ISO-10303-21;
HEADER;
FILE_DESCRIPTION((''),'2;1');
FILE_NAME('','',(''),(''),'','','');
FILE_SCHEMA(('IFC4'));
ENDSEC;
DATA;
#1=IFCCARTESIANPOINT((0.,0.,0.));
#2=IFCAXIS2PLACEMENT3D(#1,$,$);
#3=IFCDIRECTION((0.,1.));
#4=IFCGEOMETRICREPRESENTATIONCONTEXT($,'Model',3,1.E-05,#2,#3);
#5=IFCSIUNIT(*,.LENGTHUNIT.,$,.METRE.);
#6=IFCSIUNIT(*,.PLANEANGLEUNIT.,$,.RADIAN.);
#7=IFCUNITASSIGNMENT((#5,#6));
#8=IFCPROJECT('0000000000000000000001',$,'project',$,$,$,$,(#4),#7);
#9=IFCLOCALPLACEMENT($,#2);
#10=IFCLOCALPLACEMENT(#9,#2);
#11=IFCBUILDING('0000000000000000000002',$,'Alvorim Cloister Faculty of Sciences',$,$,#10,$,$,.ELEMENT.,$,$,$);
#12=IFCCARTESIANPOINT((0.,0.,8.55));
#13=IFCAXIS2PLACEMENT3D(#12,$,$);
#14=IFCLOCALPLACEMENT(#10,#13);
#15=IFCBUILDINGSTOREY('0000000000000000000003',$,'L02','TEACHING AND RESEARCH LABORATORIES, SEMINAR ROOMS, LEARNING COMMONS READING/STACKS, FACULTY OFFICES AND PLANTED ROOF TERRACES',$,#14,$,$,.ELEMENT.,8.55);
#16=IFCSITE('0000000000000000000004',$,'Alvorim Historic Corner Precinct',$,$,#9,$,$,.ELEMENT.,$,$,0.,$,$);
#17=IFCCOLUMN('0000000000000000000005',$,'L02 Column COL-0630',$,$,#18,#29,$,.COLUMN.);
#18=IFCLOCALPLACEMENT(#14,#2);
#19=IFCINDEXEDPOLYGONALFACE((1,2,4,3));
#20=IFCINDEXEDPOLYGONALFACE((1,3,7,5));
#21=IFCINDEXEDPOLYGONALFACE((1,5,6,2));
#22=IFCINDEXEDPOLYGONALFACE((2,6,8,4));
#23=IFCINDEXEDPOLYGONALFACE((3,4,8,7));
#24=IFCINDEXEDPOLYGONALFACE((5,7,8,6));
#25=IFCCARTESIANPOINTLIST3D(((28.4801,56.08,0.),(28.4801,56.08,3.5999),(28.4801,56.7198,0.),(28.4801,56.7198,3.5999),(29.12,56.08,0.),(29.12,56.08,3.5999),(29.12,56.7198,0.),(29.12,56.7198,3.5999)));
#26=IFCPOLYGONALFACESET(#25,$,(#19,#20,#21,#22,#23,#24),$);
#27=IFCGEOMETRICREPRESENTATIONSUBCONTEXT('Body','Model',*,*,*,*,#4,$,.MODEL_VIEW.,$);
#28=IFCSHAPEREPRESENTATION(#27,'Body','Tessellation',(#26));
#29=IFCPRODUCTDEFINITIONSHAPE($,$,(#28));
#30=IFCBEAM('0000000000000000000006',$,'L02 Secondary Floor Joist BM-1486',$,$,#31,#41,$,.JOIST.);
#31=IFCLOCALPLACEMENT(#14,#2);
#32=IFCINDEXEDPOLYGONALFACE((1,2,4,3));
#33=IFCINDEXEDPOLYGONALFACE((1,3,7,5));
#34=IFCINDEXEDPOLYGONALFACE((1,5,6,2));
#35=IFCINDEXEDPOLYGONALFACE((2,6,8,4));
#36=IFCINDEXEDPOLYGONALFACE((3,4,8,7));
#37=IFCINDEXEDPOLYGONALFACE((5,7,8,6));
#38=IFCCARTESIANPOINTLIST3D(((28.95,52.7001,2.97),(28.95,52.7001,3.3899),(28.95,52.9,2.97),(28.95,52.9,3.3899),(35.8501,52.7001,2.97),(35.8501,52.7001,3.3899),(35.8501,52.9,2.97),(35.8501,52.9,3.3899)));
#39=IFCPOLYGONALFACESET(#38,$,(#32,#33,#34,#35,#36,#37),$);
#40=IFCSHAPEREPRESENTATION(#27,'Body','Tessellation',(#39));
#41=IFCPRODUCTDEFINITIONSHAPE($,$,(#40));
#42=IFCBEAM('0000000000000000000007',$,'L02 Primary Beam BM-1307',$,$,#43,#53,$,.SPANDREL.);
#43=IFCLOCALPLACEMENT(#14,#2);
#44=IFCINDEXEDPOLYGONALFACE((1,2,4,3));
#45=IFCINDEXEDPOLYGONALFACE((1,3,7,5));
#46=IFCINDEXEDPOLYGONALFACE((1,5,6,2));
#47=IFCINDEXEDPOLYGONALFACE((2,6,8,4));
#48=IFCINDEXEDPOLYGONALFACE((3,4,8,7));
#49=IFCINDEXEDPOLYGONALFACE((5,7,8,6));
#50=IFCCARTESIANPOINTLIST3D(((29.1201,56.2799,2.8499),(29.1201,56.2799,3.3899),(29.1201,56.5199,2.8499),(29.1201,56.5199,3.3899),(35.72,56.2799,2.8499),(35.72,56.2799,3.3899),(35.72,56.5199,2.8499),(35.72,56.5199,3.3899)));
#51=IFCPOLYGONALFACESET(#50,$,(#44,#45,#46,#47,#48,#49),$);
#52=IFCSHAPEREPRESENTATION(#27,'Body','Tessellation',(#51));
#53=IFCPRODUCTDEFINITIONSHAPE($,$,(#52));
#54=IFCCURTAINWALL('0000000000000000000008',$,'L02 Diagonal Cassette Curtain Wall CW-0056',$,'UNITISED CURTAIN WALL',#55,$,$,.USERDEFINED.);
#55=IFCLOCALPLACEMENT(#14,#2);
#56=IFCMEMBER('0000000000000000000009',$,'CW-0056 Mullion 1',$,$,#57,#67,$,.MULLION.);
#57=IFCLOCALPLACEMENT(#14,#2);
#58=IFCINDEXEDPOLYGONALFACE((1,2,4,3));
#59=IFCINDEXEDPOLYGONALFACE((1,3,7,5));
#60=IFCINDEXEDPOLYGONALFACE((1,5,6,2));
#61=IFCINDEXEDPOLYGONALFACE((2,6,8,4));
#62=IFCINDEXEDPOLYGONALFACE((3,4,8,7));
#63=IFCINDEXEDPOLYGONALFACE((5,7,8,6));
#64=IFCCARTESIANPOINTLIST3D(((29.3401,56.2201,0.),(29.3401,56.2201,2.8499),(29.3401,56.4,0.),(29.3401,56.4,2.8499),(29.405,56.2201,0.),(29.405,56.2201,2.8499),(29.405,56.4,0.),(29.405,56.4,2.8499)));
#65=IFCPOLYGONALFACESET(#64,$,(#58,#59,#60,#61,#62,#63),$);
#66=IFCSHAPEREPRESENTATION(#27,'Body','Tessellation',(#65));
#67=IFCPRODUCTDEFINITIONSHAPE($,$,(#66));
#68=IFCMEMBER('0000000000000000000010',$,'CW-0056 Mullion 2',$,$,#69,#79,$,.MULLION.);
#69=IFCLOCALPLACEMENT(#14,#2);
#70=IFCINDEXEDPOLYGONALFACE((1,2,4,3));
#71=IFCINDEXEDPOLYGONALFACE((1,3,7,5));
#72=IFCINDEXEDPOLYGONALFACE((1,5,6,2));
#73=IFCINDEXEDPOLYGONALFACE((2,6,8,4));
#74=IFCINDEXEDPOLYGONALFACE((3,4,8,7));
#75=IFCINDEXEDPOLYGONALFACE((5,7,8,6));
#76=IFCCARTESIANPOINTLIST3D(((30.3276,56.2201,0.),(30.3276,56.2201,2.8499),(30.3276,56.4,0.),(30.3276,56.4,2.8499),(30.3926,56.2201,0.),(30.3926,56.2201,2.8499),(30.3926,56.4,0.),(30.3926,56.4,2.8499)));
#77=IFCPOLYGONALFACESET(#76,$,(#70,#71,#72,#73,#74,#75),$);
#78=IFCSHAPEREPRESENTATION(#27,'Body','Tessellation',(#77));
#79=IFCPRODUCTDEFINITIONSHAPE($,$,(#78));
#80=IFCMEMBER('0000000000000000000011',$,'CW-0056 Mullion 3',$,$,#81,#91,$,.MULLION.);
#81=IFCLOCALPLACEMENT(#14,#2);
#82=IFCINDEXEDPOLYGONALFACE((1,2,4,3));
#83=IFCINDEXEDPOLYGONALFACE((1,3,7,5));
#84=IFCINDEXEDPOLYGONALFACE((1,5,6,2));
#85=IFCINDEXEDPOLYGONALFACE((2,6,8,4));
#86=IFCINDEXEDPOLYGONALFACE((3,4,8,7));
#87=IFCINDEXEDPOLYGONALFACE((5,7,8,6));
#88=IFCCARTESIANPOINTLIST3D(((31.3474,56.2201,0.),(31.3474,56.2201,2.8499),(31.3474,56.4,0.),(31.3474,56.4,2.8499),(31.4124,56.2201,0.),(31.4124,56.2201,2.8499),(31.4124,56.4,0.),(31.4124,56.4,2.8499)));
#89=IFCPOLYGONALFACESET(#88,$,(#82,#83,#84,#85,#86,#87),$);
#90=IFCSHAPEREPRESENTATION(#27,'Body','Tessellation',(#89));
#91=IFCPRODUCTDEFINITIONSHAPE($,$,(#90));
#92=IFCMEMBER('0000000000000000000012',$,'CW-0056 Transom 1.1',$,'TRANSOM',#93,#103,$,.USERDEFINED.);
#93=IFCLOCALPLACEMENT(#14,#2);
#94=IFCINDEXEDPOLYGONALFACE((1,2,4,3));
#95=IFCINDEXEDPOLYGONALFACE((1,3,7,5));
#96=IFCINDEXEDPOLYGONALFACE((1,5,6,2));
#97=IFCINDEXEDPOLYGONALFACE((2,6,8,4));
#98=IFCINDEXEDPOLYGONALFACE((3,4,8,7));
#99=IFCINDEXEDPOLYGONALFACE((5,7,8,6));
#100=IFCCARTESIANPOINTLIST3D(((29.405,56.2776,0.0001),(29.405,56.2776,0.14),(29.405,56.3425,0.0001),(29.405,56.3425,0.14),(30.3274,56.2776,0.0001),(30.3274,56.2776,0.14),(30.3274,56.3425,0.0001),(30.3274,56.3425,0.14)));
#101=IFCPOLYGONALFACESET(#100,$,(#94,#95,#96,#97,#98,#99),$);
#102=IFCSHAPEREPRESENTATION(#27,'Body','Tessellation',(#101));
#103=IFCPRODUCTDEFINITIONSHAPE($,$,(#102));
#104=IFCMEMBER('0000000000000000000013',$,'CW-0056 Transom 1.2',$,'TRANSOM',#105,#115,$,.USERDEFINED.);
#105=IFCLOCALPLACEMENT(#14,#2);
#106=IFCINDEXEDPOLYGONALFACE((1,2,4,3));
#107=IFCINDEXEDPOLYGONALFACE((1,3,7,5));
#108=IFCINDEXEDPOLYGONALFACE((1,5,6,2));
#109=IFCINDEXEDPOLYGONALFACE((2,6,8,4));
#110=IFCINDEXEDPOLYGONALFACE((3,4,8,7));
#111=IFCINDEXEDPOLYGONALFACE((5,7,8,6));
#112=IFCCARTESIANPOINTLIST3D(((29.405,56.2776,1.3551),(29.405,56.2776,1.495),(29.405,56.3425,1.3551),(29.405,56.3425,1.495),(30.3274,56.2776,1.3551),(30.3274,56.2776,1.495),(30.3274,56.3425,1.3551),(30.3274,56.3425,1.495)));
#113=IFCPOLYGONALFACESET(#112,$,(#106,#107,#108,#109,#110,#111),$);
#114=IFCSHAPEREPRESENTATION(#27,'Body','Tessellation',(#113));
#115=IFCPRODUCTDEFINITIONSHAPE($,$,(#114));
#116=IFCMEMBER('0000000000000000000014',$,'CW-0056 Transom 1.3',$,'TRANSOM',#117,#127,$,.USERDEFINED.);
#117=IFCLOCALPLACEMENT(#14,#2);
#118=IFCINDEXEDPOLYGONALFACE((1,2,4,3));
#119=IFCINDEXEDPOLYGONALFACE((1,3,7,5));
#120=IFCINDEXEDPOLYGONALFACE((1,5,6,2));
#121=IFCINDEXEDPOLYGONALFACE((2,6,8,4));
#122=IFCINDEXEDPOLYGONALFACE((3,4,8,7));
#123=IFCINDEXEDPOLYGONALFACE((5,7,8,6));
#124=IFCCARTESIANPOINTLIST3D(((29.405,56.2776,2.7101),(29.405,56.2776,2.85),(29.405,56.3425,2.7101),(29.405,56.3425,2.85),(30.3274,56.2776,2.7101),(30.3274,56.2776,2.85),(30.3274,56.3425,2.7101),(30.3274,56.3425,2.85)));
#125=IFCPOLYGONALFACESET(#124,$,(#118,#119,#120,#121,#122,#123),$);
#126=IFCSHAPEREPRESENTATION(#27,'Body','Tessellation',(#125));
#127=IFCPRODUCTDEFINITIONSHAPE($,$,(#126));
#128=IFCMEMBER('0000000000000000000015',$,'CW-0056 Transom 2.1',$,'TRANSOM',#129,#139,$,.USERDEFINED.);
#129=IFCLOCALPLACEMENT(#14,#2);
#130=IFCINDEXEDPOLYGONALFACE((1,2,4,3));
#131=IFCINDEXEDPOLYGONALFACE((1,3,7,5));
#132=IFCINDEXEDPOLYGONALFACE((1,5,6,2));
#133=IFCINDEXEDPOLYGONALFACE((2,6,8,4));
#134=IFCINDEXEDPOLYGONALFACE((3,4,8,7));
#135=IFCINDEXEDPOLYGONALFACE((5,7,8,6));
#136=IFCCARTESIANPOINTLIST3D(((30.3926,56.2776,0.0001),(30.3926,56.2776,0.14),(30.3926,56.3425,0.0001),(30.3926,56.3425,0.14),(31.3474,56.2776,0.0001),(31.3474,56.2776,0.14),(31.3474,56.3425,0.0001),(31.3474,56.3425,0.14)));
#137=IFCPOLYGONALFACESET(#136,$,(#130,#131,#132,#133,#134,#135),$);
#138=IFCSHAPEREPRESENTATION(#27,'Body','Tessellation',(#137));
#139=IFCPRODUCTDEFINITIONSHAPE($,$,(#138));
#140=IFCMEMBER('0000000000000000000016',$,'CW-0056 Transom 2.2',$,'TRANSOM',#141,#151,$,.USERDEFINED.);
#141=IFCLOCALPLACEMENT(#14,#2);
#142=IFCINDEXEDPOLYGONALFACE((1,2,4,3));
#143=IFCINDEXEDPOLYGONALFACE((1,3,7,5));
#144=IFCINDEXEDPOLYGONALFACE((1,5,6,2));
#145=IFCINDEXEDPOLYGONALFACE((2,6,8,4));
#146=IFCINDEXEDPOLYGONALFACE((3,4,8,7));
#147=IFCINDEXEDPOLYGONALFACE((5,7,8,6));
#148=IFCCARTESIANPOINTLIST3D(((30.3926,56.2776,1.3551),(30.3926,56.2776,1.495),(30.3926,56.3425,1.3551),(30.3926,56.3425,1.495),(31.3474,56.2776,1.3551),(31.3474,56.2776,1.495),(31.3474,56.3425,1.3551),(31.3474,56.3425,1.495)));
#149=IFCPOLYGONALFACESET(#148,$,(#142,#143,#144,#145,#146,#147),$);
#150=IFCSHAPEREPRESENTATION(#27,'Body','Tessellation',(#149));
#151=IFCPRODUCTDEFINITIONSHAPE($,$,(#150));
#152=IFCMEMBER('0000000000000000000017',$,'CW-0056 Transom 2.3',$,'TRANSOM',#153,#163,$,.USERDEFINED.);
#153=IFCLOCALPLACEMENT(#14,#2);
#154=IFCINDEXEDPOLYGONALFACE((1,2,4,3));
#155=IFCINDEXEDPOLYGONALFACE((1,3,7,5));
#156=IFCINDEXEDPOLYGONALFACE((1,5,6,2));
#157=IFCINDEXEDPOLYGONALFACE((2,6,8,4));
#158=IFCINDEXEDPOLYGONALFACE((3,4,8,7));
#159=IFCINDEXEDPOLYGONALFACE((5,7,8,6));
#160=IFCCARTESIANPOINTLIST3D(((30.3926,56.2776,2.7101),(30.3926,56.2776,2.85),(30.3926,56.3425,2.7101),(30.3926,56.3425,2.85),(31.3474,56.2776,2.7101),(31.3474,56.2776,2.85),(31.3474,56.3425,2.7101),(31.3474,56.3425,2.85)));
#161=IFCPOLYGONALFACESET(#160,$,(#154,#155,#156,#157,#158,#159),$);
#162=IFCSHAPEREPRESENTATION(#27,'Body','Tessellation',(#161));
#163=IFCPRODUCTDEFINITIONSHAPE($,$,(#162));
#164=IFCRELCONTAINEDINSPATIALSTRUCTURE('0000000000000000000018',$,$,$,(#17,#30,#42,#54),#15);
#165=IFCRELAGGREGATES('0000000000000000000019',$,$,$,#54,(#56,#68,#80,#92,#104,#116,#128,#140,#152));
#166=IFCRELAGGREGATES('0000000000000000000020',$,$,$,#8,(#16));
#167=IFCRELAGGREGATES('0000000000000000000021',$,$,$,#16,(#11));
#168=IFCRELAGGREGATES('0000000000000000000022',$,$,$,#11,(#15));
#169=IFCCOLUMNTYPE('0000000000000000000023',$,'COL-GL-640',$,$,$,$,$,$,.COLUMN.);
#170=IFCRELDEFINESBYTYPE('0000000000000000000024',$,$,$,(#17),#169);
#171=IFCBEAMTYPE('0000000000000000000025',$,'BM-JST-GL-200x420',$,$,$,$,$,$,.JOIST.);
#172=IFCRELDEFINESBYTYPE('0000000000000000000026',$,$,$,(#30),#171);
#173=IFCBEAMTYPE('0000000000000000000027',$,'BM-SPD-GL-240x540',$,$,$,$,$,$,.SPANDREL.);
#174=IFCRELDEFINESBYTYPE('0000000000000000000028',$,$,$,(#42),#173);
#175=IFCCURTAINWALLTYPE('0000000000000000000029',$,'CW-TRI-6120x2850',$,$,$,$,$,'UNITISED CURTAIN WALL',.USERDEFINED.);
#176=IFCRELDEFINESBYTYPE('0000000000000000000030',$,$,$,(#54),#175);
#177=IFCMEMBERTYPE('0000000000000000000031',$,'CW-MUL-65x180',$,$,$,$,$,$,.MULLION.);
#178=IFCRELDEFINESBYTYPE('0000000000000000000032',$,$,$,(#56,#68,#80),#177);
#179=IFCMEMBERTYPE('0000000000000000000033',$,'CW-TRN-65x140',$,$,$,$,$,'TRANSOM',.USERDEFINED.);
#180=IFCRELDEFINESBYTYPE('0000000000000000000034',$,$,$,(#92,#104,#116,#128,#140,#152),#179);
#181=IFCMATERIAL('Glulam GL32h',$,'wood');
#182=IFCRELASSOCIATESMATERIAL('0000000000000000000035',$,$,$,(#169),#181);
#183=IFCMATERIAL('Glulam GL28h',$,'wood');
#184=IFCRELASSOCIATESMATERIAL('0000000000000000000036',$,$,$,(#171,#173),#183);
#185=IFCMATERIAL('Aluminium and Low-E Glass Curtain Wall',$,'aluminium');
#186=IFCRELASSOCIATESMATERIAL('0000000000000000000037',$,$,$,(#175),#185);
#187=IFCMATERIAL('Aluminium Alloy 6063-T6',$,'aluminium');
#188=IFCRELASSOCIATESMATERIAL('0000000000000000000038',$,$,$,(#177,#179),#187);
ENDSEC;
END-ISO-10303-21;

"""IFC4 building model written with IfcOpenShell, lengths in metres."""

from ifc_helpers import new_model, si_unit, direction, frame, origin, origin_2d, place, context, subcontext, project, spatial, rectangle, extrude, material, material_profile, profile_set, type_object, element, aggregate, save


model = new_model("IFC4")

# Units and contexts
model_context = context("Model", 3, precision=1e-05, world=origin(), true_north=direction((0.0, 1.0)))
body_context = subcontext(model_context, "Body", "Model", "MODEL_VIEW")
ifc_project = project(units=[si_unit("LENGTHUNIT", "METRE"), si_unit("PLANEANGLEUNIT", "RADIAN")], contexts=[model_context])

# Site, building, storey
site_placement = place(None, origin())
site = spatial("IfcSite", under=ifc_project, at=site_placement, Name="Alvorim Historic Corner Precinct", CompositionType="ELEMENT", RefElevation=0.0)
building_placement = place(site_placement, origin())
building = spatial("IfcBuilding", under=site, at=building_placement, Name="Alvorim Cloister Faculty of Sciences", CompositionType="ELEMENT")
storey_placement = place(building_placement, frame((0.0, 0.0, 8.55)))
storey = spatial("IfcBuildingStorey", under=building, at=storey_placement, Name="L02", Description="TEACHING AND RESEARCH LABORATORIES, SEMINAR ROOMS, LEARNING COMMONS READING/STACKS, FACULTY OFFICES AND PLANTED ROOF TERRACES", CompositionType="ELEMENT", Elevation=8.55)

# Column
ifc_material_1 = material(Name="Glulam GL32h", Category="wood")
ifc_material_profile_1 = material_profile(ifc_material_1, rectangle(XDim=0.6399, YDim=0.6399, at=origin_2d()), Name="GL32-COL-640x640")
ifc_profile_set_1 = profile_set([ifc_material_profile_1], Name="Glulam GL32h")
column_type = type_object("IfcColumnType", Name="COL-GL-640", PredefinedType="COLUMN", material=ifc_profile_set_1)
column_placement = place(storey_placement, frame((28.8, 56.3999, 0.0), z_axis=(0.0, 0.0, 1.0), x_axis=(1.0, 0.0, 0.0)))
element("IfcColumn", 1, at=column_placement, inside=storey, type_object=column_type, Name="L02 Column COL-0630", PredefinedType="COLUMN", context=body_context, shape_type="SweptSolid", body=[
    extrude(rectangle(XDim=0.6399, YDim=0.6399, at=origin_2d()), origin(), (0.0, 0.0, 1.0), 3.5999),
])

# Beams
ifc_material_2 = material(Name="Glulam GL28h", Category="wood")
ifc_material_profile_2 = material_profile(ifc_material_2, rectangle(XDim=0.2, YDim=0.4199, at=origin_2d()), Name="GL28-JST-200x420")
ifc_profile_set_2 = profile_set([ifc_material_profile_2], Name="Glulam GL28h")
beam_type_1 = type_object("IfcBeamType", Name="BM-JST-GL-200x420", PredefinedType="JOIST", material=ifc_profile_set_2)
beam_1_placement = place(storey_placement, frame((28.95, 52.8, 3.1799), z_axis=(1.0, 0.0, 0.0), x_axis=(0.0, 1.0, 0.0)))
element("IfcBeam", 2, at=beam_1_placement, inside=storey, type_object=beam_type_1, Name="L02 Secondary Floor Joist BM-1486", PredefinedType="JOIST", context=body_context, shape_type="SweptSolid", body=[
    extrude(rectangle(XDim=0.2, YDim=0.4199, at=origin_2d()), origin(), (0.0, 0.0, 1.0), 6.9001),
])
ifc_material_profile_3 = material_profile(ifc_material_2, rectangle(XDim=0.24, YDim=0.54, at=origin_2d()), Name="GL28-SPD-240x540")
ifc_profile_set_3 = profile_set([ifc_material_profile_3], Name="Glulam GL28h")
beam_type_2 = type_object("IfcBeamType", Name="BM-SPD-GL-240x540", PredefinedType="SPANDREL", material=ifc_profile_set_3)
beam_2_placement = place(storey_placement, frame((29.1201, 56.3999, 3.1199), z_axis=(1.0, 0.0, 0.0), x_axis=(0.0, 1.0, 0.0)))
element("IfcBeam", 3, at=beam_2_placement, inside=storey, type_object=beam_type_2, Name="L02 Primary Beam BM-1307", PredefinedType="SPANDREL", context=body_context, shape_type="SweptSolid", body=[
    extrude(rectangle(XDim=0.24, YDim=0.54, at=origin_2d()), origin(), (0.0, 0.0, 1.0), 6.5999),
])

# Curtain wall, members
ifc_material_3 = material(Name="Aluminium and Low-E Glass Curtain Wall", Category="aluminium")
curtain_wall_type = type_object("IfcCurtainWallType", Name="CW-TRI-6120x2850", ElementType="UNITISED CURTAIN WALL", PredefinedType="USERDEFINED", material=ifc_material_3)
curtain_wall_placement = place(storey_placement, origin())
curtain_wall = element("IfcCurtainWall", 4, at=curtain_wall_placement, inside=storey, type_object=curtain_wall_type, Name="L02 Diagonal Cassette Curtain Wall CW-0056", ObjectType="UNITISED CURTAIN WALL", PredefinedType="USERDEFINED")
ifc_material_4 = material(Name="Aluminium Alloy 6063-T6", Category="aluminium")
ifc_material_profile_4 = material_profile(ifc_material_4, rectangle(XDim=0.0649, YDim=0.1799, at=origin_2d()), Name="ALU-MUL-65x180")
ifc_profile_set_4 = profile_set([ifc_material_profile_4], Name="Aluminium Alloy 6063-T6")
member_type_1 = type_object("IfcMemberType", Name="CW-MUL-65x180", PredefinedType="MULLION", material=ifc_profile_set_4)
member_1_placement = place(storey_placement, frame((29.3726, 56.3101, 0.0), z_axis=(0.0, 0.0, 1.0), x_axis=(1.0, 0.0, 0.0)))
member_1 = element("IfcMember", 5, at=member_1_placement, type_object=member_type_1, Name="CW-0056 Mullion 1", PredefinedType="MULLION", context=body_context, shape_type="SweptSolid", body=[
    extrude(rectangle(XDim=0.0649, YDim=0.1799, at=origin_2d()), origin(), (0.0, 0.0, 1.0), 2.8499),
])
member_2_placement = place(storey_placement, frame((30.3601, 56.3101, 0.0), z_axis=(0.0, 0.0, 1.0), x_axis=(1.0, 0.0, 0.0)))
member_2 = element("IfcMember", 6, at=member_2_placement, type_object=member_type_1, Name="CW-0056 Mullion 2", PredefinedType="MULLION", context=body_context, shape_type="SweptSolid", body=[
    extrude(rectangle(XDim=0.0649, YDim=0.1799, at=origin_2d()), origin(), (0.0, 0.0, 1.0), 2.8499),
])
member_3_placement = place(storey_placement, frame((31.3799, 56.3101, 0.0), z_axis=(0.0, 0.0, 1.0), x_axis=(1.0, 0.0, 0.0)))
member_3 = element("IfcMember", 7, at=member_3_placement, type_object=member_type_1, Name="CW-0056 Mullion 3", PredefinedType="MULLION", context=body_context, shape_type="SweptSolid", body=[
    extrude(rectangle(XDim=0.0649, YDim=0.1799, at=origin_2d()), origin(), (0.0, 0.0, 1.0), 2.8499),
])
ifc_material_profile_5 = material_profile(ifc_material_4, rectangle(XDim=0.0649, YDim=0.1399, at=origin_2d()), Name="ALU-TRN-65x140")
ifc_profile_set_5 = profile_set([ifc_material_profile_5], Name="Aluminium Alloy 6063-T6")
member_type_2 = type_object("IfcMemberType", Name="CW-TRN-65x140", ElementType="TRANSOM", PredefinedType="USERDEFINED", material=ifc_profile_set_5)
member_4_placement = place(storey_placement, frame((29.405, 56.3101, 0.0701), z_axis=(1.0, 0.0, 0.0), x_axis=(0.0, 1.0, 0.0)))
member_4 = element("IfcMember", 8, at=member_4_placement, type_object=member_type_2, Name="CW-0056 Transom 1.1", ObjectType="TRANSOM", PredefinedType="USERDEFINED", context=body_context, shape_type="SweptSolid", body=[
    extrude(rectangle(XDim=0.0649, YDim=0.1399, at=origin_2d()), origin(), (0.0, 0.0, 1.0), 0.9224),
])
member_5_placement = place(storey_placement, frame((29.405, 56.3101, 1.425), z_axis=(1.0, 0.0, 0.0), x_axis=(0.0, 1.0, 0.0)))
member_5 = element("IfcMember", 9, at=member_5_placement, type_object=member_type_2, Name="CW-0056 Transom 1.2", ObjectType="TRANSOM", PredefinedType="USERDEFINED", context=body_context, shape_type="SweptSolid", body=[
    extrude(rectangle(XDim=0.0649, YDim=0.1399, at=origin_2d()), origin(), (0.0, 0.0, 1.0), 0.9224),
])
member_6_placement = place(storey_placement, frame((29.405, 56.3101, 2.78), z_axis=(1.0, 0.0, 0.0), x_axis=(0.0, 1.0, 0.0)))
member_6 = element("IfcMember", 10, at=member_6_placement, type_object=member_type_2, Name="CW-0056 Transom 1.3", ObjectType="TRANSOM", PredefinedType="USERDEFINED", context=body_context, shape_type="SweptSolid", body=[
    extrude(rectangle(XDim=0.0649, YDim=0.1399, at=origin_2d()), origin(), (0.0, 0.0, 1.0), 0.9224),
])
member_7_placement = place(storey_placement, frame((30.3926, 56.3101, 0.0701), z_axis=(1.0, 0.0, 0.0), x_axis=(0.0, 1.0, 0.0)))
member_7 = element("IfcMember", 11, at=member_7_placement, type_object=member_type_2, Name="CW-0056 Transom 2.1", ObjectType="TRANSOM", PredefinedType="USERDEFINED", context=body_context, shape_type="SweptSolid", body=[
    extrude(rectangle(XDim=0.0649, YDim=0.1399, at=origin_2d()), origin(), (0.0, 0.0, 1.0), 0.9548),
])
member_8_placement = place(storey_placement, frame((30.3926, 56.3101, 1.425), z_axis=(1.0, 0.0, 0.0), x_axis=(0.0, 1.0, 0.0)))
member_8 = element("IfcMember", 12, at=member_8_placement, type_object=member_type_2, Name="CW-0056 Transom 2.2", ObjectType="TRANSOM", PredefinedType="USERDEFINED", context=body_context, shape_type="SweptSolid", body=[
    extrude(rectangle(XDim=0.0649, YDim=0.1399, at=origin_2d()), origin(), (0.0, 0.0, 1.0), 0.9548),
])
member_9_placement = place(storey_placement, frame((30.3926, 56.3101, 2.78), z_axis=(1.0, 0.0, 0.0), x_axis=(0.0, 1.0, 0.0)))
member_9 = element("IfcMember", 13, at=member_9_placement, type_object=member_type_2, Name="CW-0056 Transom 2.3", ObjectType="TRANSOM", PredefinedType="USERDEFINED", context=body_context, shape_type="SweptSolid", body=[
    extrude(rectangle(XDim=0.0649, YDim=0.1399, at=origin_2d()), origin(), (0.0, 0.0, 1.0), 0.9548),
])

aggregate(curtain_wall, [member_1, member_2, member_3, member_4, member_5, member_6, member_7, member_8, member_9])

save(model, "model.ifc")
